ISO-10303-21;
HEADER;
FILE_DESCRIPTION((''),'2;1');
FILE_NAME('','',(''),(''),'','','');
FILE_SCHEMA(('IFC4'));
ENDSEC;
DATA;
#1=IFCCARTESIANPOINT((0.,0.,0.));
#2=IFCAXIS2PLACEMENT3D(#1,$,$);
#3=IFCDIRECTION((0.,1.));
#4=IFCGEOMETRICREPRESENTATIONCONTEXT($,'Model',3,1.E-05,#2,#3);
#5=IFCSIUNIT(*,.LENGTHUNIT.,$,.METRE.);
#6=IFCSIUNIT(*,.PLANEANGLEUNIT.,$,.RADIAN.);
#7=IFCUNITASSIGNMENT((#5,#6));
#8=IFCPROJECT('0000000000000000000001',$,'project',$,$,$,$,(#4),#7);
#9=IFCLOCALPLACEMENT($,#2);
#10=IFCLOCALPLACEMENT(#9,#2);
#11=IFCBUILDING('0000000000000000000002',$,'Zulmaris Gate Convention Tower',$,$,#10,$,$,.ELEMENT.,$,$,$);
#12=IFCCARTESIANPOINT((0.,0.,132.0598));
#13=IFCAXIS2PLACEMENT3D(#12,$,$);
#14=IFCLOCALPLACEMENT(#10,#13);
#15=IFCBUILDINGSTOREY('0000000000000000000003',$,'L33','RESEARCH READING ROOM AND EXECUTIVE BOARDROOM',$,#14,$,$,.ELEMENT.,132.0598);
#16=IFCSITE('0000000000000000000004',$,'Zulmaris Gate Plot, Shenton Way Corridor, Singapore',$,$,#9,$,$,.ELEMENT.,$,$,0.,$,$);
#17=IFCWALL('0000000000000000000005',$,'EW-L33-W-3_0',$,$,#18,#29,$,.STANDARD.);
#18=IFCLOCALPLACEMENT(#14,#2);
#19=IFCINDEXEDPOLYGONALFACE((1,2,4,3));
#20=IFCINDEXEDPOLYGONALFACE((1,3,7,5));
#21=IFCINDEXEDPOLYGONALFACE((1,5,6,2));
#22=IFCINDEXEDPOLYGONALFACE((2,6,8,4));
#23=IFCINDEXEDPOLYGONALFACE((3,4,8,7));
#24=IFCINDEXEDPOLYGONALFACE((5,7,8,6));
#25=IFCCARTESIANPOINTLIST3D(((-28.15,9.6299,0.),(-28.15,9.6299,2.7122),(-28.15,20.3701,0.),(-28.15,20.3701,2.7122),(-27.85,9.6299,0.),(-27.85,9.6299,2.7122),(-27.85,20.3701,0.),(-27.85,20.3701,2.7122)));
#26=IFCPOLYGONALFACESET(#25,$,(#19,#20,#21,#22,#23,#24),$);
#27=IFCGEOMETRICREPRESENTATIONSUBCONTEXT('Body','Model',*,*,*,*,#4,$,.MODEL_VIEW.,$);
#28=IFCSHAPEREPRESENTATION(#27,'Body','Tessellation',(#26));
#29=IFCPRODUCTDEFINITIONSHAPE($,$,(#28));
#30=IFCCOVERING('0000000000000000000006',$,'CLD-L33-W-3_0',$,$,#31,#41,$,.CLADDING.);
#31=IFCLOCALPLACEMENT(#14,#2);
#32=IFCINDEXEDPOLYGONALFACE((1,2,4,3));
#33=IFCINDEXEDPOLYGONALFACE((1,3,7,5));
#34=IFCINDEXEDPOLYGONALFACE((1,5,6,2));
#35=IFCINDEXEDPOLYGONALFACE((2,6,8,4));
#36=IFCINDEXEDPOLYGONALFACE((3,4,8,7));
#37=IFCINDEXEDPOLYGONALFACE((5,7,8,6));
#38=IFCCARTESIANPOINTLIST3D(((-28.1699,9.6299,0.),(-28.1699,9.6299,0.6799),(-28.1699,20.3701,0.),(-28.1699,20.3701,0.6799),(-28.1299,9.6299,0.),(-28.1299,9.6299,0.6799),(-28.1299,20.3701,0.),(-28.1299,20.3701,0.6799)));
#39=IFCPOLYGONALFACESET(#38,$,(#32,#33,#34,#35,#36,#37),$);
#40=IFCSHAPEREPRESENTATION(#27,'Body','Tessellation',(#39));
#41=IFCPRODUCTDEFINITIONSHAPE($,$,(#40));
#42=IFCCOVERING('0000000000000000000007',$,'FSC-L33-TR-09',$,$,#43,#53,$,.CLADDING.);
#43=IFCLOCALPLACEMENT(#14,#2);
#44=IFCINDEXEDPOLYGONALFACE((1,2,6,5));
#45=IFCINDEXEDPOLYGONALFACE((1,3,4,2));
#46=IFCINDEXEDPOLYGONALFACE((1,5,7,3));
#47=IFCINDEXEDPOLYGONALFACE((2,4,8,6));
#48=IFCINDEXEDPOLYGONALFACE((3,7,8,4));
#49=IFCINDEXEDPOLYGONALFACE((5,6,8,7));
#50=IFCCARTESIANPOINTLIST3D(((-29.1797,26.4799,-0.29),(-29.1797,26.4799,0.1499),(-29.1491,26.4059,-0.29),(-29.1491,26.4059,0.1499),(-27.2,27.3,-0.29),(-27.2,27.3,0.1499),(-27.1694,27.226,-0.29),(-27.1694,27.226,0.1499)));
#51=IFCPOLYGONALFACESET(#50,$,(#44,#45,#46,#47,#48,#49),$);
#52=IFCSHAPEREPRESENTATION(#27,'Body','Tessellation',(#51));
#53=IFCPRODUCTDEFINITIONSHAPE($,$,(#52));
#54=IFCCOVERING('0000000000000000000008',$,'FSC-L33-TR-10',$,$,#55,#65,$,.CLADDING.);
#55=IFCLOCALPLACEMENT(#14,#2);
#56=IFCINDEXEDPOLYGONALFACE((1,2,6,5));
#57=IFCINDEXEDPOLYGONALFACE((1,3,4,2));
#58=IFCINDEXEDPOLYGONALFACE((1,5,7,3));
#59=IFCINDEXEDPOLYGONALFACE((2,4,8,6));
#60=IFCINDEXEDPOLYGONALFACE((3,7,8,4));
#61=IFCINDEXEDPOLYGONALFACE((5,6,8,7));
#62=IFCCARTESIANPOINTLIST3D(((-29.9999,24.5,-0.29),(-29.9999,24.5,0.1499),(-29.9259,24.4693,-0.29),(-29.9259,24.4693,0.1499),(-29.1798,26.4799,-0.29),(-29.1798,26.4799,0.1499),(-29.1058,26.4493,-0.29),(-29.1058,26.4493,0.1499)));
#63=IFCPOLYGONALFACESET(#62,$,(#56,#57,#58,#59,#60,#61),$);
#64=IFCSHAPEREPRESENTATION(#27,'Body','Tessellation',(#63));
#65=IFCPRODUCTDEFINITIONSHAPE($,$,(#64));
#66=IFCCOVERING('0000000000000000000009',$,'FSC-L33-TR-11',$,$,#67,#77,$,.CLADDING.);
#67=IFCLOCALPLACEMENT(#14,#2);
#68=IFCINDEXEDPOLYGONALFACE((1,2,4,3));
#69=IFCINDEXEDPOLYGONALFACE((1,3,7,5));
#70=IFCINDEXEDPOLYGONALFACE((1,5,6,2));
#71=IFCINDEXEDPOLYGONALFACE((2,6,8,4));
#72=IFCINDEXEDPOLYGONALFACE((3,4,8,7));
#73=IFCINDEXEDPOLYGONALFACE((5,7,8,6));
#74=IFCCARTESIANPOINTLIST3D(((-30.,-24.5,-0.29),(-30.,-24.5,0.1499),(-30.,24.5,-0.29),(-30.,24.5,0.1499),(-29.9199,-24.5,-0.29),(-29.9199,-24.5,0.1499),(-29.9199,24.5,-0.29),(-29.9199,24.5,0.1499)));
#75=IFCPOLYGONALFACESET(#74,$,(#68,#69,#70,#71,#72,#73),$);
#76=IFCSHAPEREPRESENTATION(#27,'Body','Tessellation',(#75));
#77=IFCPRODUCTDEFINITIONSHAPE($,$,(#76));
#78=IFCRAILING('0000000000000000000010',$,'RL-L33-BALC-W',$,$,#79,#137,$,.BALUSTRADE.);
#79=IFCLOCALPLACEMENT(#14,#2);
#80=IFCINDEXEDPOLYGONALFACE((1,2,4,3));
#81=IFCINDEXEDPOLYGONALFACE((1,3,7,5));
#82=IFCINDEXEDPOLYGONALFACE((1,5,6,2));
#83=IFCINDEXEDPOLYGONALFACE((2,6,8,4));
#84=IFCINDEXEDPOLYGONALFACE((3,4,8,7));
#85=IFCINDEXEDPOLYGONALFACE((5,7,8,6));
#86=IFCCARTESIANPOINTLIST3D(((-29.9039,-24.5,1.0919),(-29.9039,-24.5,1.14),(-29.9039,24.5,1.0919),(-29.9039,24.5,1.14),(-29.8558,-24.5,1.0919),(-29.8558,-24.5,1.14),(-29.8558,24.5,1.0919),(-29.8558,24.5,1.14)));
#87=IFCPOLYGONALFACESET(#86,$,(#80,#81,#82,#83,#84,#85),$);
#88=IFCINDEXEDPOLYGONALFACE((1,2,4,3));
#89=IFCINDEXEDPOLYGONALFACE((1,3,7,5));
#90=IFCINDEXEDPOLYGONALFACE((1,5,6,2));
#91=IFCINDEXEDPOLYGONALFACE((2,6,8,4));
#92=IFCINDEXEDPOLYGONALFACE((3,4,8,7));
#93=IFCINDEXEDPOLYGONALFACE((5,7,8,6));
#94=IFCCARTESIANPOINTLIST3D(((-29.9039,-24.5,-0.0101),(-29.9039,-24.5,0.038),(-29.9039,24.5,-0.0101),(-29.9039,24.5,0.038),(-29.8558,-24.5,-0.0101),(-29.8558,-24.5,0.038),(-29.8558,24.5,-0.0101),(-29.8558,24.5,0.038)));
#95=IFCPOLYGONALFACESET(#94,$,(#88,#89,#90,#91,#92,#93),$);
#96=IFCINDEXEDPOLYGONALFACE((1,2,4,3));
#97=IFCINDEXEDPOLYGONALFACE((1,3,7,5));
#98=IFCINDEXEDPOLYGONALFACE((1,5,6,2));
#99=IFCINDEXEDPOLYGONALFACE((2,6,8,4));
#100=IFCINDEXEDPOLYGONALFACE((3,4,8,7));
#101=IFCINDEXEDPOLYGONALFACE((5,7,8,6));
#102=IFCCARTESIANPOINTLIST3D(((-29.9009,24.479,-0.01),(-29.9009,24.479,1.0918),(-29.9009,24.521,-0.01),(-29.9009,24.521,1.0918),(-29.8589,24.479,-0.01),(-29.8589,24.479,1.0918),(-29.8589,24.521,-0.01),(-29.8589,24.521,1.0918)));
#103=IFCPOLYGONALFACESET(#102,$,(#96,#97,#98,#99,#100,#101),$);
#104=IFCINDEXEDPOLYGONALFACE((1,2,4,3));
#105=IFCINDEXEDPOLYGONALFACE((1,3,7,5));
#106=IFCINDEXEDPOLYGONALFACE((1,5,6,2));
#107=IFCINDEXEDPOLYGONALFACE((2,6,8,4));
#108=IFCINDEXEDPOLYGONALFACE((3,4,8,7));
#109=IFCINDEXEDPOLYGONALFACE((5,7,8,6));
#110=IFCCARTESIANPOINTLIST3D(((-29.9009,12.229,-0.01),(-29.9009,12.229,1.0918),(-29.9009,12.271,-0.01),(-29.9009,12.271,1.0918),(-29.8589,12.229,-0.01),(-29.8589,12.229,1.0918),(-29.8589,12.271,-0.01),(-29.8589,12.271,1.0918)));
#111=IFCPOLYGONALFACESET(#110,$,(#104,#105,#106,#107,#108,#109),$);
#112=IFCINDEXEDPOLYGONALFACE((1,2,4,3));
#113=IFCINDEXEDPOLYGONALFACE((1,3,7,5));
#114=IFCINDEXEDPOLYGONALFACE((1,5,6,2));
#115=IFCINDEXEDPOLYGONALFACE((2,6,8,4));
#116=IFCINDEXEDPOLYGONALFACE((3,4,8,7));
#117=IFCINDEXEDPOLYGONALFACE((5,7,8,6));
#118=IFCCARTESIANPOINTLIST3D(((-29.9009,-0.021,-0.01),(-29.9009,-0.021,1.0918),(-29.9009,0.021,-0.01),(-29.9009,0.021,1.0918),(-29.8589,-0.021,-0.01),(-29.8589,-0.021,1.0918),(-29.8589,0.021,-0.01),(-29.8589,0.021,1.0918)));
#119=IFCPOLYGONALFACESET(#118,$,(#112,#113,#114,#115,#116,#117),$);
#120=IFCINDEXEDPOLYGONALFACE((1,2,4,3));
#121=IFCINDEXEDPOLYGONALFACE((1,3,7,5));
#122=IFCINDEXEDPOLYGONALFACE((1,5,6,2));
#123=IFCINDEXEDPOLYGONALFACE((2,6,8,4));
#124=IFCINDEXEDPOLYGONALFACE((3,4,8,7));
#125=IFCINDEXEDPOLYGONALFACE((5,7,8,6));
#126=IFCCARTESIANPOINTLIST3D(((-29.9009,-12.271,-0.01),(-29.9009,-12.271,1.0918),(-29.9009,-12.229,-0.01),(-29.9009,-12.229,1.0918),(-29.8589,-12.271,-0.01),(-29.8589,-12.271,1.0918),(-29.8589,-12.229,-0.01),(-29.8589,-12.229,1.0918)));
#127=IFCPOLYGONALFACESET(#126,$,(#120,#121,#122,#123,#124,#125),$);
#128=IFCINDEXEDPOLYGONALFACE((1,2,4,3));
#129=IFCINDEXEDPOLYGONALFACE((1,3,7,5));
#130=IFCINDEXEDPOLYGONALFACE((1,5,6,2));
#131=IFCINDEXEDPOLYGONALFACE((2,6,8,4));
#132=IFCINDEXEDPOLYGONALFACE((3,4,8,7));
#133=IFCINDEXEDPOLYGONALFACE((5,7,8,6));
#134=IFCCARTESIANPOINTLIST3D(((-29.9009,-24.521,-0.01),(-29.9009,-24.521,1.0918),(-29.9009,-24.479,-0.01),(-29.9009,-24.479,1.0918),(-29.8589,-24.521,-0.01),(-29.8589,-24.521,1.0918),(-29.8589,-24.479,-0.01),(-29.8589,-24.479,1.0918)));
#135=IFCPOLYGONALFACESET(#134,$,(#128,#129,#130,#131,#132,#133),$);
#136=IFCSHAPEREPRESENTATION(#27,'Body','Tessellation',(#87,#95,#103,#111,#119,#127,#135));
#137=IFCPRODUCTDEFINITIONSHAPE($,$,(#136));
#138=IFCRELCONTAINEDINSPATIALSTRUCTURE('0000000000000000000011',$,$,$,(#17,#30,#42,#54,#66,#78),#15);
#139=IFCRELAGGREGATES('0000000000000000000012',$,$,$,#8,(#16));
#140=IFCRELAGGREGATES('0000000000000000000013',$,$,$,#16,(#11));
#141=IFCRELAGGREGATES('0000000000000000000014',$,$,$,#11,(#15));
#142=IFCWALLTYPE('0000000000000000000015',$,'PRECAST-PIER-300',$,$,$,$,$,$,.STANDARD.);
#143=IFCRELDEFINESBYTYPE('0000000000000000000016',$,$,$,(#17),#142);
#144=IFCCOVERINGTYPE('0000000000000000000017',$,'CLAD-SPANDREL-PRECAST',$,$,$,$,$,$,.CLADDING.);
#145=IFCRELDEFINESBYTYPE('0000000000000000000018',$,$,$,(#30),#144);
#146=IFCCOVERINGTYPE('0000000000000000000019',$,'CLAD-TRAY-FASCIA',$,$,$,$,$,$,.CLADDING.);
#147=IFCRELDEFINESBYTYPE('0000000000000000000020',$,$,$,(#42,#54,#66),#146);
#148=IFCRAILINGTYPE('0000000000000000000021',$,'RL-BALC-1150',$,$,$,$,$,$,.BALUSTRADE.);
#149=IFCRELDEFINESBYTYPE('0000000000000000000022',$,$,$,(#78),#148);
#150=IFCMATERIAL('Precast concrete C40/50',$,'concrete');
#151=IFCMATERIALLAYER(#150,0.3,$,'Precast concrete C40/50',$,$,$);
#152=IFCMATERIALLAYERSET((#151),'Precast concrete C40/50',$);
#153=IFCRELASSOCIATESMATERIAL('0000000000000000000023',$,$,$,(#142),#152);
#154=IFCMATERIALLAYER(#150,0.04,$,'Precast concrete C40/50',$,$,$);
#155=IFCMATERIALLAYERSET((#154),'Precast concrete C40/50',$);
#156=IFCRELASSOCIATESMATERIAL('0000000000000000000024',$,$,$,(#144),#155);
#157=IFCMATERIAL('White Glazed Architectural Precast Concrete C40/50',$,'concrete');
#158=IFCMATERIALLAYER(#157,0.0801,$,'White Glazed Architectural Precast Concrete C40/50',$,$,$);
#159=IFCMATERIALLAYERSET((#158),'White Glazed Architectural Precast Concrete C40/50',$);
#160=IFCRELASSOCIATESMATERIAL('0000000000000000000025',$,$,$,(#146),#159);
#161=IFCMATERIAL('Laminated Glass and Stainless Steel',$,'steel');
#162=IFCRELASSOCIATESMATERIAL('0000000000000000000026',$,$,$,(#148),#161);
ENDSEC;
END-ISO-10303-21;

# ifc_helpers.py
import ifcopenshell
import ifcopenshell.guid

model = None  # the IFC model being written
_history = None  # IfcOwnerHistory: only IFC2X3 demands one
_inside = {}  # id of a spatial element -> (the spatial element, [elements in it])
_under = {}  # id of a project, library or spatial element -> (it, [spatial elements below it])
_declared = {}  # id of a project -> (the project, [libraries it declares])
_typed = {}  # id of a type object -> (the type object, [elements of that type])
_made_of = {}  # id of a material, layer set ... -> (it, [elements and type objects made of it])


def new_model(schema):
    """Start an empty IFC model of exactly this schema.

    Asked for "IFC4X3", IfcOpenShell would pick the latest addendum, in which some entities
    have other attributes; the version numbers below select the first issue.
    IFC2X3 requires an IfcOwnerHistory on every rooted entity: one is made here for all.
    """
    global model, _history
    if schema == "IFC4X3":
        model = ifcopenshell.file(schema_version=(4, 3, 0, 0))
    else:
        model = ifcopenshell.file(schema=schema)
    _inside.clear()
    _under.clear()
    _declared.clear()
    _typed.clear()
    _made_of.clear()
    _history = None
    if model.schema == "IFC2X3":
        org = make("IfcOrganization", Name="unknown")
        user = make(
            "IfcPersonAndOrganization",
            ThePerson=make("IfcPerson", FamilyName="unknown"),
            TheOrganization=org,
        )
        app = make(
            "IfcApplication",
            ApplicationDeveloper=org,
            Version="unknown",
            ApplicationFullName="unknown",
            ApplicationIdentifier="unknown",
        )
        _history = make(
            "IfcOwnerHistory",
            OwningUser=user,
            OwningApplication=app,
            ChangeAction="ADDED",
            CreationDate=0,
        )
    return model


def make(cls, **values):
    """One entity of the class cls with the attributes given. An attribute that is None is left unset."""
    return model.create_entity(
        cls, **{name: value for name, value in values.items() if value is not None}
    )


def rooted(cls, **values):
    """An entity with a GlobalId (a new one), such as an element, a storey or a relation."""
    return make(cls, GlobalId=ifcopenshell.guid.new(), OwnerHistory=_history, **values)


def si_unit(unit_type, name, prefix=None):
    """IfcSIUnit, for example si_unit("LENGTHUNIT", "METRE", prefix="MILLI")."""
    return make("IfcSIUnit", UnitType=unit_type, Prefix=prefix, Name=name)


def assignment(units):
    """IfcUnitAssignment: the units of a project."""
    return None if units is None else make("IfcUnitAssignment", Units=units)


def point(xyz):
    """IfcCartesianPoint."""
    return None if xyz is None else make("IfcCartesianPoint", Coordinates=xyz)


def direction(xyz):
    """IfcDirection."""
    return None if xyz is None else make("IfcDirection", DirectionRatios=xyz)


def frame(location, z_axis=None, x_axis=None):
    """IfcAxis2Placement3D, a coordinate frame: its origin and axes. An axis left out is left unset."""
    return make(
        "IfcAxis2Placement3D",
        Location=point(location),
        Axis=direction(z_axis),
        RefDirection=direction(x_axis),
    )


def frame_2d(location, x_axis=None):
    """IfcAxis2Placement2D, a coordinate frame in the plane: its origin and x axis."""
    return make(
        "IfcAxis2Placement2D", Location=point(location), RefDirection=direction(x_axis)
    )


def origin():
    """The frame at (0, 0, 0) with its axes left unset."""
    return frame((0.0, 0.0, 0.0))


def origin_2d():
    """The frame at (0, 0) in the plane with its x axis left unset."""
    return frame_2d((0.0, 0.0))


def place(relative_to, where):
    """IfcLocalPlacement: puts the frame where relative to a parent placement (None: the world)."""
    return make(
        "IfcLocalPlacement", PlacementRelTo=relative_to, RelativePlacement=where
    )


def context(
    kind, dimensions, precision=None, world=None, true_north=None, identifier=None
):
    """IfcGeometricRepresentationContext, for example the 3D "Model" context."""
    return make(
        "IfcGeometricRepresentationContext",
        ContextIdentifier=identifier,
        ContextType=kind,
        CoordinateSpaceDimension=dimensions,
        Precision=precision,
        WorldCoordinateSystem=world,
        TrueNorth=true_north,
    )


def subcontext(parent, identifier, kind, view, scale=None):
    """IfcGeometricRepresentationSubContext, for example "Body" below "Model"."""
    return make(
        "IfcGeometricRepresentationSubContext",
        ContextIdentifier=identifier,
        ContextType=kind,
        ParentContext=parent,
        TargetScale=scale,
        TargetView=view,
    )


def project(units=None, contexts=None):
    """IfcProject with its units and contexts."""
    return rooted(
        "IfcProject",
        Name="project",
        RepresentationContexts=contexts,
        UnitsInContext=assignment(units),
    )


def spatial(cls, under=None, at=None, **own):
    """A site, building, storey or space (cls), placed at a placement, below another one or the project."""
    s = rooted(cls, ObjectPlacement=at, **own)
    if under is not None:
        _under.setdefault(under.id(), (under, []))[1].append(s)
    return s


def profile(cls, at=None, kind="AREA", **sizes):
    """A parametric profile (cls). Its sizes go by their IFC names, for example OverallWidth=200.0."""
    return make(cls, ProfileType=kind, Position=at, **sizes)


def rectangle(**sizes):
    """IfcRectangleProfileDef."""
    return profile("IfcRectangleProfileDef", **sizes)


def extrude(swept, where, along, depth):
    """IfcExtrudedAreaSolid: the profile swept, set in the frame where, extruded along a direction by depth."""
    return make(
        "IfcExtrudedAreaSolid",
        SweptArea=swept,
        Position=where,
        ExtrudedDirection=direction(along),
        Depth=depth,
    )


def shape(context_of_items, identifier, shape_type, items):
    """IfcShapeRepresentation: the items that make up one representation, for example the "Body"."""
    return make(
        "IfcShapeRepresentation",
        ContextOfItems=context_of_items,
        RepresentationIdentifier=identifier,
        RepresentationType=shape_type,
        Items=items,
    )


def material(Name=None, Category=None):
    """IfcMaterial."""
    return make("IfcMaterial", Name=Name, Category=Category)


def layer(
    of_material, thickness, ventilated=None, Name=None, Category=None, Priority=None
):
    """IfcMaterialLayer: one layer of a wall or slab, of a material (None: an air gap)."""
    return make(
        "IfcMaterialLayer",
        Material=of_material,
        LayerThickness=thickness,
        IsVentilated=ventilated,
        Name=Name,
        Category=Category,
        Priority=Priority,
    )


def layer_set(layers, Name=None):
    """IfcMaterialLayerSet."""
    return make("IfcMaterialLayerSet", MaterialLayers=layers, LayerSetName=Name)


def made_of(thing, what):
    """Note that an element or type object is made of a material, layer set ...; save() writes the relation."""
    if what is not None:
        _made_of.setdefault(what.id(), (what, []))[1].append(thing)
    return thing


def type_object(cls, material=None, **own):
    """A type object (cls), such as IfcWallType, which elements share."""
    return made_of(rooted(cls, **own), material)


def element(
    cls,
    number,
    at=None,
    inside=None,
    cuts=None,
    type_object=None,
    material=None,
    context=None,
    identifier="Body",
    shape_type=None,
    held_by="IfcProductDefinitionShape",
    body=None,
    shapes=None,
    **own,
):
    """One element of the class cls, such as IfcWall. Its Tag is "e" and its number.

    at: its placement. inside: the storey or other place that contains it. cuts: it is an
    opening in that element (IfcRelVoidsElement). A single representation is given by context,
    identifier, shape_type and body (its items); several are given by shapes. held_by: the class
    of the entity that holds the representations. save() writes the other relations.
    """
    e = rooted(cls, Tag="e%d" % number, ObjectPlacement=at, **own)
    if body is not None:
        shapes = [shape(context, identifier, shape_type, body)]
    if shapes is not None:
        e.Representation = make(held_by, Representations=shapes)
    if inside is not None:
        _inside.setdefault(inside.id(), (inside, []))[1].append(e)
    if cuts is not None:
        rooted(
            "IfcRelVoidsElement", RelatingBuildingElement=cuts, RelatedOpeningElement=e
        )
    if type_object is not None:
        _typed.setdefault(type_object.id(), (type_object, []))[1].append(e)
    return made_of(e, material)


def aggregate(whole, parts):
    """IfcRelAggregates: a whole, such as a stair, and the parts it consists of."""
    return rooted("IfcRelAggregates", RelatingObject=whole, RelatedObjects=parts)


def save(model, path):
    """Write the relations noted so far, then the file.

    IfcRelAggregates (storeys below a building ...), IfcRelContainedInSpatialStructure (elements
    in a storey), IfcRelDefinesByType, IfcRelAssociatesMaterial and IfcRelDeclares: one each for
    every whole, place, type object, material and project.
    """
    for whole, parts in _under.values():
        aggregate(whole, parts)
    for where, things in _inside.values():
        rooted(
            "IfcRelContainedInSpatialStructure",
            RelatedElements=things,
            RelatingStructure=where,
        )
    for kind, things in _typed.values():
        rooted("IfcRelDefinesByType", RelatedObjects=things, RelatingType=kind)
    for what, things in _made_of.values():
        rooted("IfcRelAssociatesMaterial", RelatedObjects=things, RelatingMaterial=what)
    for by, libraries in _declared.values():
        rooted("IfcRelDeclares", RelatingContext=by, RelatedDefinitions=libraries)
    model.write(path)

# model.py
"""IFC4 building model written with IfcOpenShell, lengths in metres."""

from ifc_helpers import new_model, si_unit, direction, frame, frame_2d, origin, origin_2d, place, context, subcontext, project, spatial, rectangle, extrude, material, layer, layer_set, type_object, element, save


model = new_model("IFC4")

# Units and contexts
model_context = context("Model", 3, precision=1e-05, world=origin(), true_north=direction((0.0, 1.0)))
body_context = subcontext(model_context, "Body", "Model", "MODEL_VIEW")
ifc_project = project(units=[si_unit("LENGTHUNIT", "METRE"), si_unit("PLANEANGLEUNIT", "RADIAN")], contexts=[model_context])

# Site, building, storey
site_placement = place(None, origin())
site = spatial("IfcSite", under=ifc_project, at=site_placement, Name="Zulmaris Gate Plot, Shenton Way Corridor, Singapore", CompositionType="ELEMENT", RefElevation=0.0)
building_placement = place(site_placement, origin())
building = spatial("IfcBuilding", under=site, at=building_placement, Name="Zulmaris Gate Convention Tower", CompositionType="ELEMENT")
storey_placement = place(building_placement, frame((0.0, 0.0, 132.0598)))
storey = spatial("IfcBuildingStorey", under=building, at=storey_placement, Name="L33", Description="RESEARCH READING ROOM AND EXECUTIVE BOARDROOM", CompositionType="ELEMENT", Elevation=132.0598)

# Shared definitions
ifc_material_1 = material(Name="Precast concrete C40/50", Category="concrete")
ifc_layer_1 = layer(ifc_material_1, 0.3, Name="Precast concrete C40/50")
ifc_layer_set_1 = layer_set([ifc_layer_1], Name="Precast concrete C40/50")
wall_type_1 = type_object("IfcWallType", Name="PRECAST-PIER-300", PredefinedType="STANDARD", material=ifc_layer_set_1)

# Wall
wall_1_placement = place(storey_placement, frame((-28.0, 20.3701, 0.0), z_axis=(0.0, 0.0, 1.0), x_axis=(0.0, -1.0, 0.0)))
element("IfcWall", 1, at=wall_1_placement, inside=storey, type_object=wall_type_1, Name="EW-L33-W-3_0", PredefinedType="STANDARD", context=body_context, shape_type="SweptSolid", body=[
    extrude(rectangle(XDim=10.7402, YDim=0.3, at=frame_2d((5.3701, 0.0))), origin(), (0.0, 0.0, 1.0), 2.7122),
])

# Coverings
ifc_layer_2 = layer(ifc_material_1, 0.04, Name="Precast concrete C40/50")
ifc_layer_set_2 = layer_set([ifc_layer_2], Name="Precast concrete C40/50")
covering_type_1 = type_object("IfcCoveringType", Name="CLAD-SPANDREL-PRECAST", PredefinedType="CLADDING", material=ifc_layer_set_2)
covering_1_placement = place(storey_placement, frame((-28.1499, 20.3701, 0.0), z_axis=(0.0, 0.0, 1.0), x_axis=(0.0, -1.0, 0.0)))
element("IfcCovering", 2, at=covering_1_placement, inside=storey, type_object=covering_type_1, Name="CLD-L33-W-3_0", PredefinedType="CLADDING", context=body_context, shape_type="SweptSolid", body=[
    extrude(rectangle(XDim=10.7402, YDim=0.04, at=frame_2d((5.3701, 0.0))), origin(), (0.0, 0.0, 1.0), 0.6799),
])
ifc_material_2 = material(Name="White Glazed Architectural Precast Concrete C40/50", Category="concrete")
ifc_layer_3 = layer(ifc_material_2, 0.0801, Name="White Glazed Architectural Precast Concrete C40/50")
ifc_layer_set_3 = layer_set([ifc_layer_3], Name="White Glazed Architectural Precast Concrete C40/50")
covering_type_2 = type_object("IfcCoveringType", Name="CLAD-TRAY-FASCIA", PredefinedType="CLADDING", material=ifc_layer_set_3)
covering_2_placement = place(storey_placement, frame((-27.1848, 27.2629, -0.29), z_axis=(0.0, 0.0, 1.0), x_axis=(-0.923874, -0.382697, 0.0)))
element("IfcCovering", 3, at=covering_2_placement, inside=storey, type_object=covering_type_2, Name="FSC-L33-TR-09", PredefinedType="CLADDING", context=body_context, shape_type="SweptSolid", body=[
    extrude(rectangle(XDim=2.1428, YDim=0.0801, at=frame_2d((1.0713, 0.0))), origin(), (0.0, 0.0, 1.0), 0.4399),
])
covering_3_placement = place(storey_placement, frame((-29.1428, 26.4646, -0.29), z_axis=(0.0, 0.0, 1.0), x_axis=(-0.382657, -0.92389, 0.0)))
element("IfcCovering", 4, at=covering_3_placement, inside=storey, type_object=covering_type_2, Name="FSC-L33-TR-10", PredefinedType="CLADDING", context=body_context, shape_type="SweptSolid", body=[
    extrude(rectangle(XDim=2.1431, YDim=0.0801, at=frame_2d((1.0715, 0.0))), origin(), (0.0, 0.0, 1.0), 0.4399),
])
covering_4_placement = place(storey_placement, frame((-29.96, 24.5, -0.29), z_axis=(0.0, 0.0, 1.0), x_axis=(0.0, -1.0, 0.0)))
element("IfcCovering", 5, at=covering_4_placement, inside=storey, type_object=covering_type_2, Name="FSC-L33-TR-11", PredefinedType="CLADDING", context=body_context, shape_type="SweptSolid", body=[
    extrude(rectangle(XDim=49.0, YDim=0.0801, at=frame_2d((24.5, 0.0))), origin(), (0.0, 0.0, 1.0), 0.4399),
])

# Railing
ifc_material_3 = material(Name="Laminated Glass and Stainless Steel", Category="steel")
railing_type = type_object("IfcRailingType", Name="RL-BALC-1150", PredefinedType="BALUSTRADE", material=ifc_material_3)
railing_placement = place(storey_placement, frame((-29.8799, 24.5, -0.01)))
element("IfcRailing", 6, at=railing_placement, inside=storey, type_object=railing_type, Name="RL-L33-BALC-W", PredefinedType="BALUSTRADE", context=body_context, shape_type="SweptSolid", body=[
    extrude(rectangle(XDim=0.0481, YDim=0.0481, at=origin_2d()), frame((0.0, 0.0, 1.126), z_axis=(0.0, -1.0, 0.0), x_axis=(1.0, 0.0, 0.0)), (0.0, 0.0, 1.0), 49.0),
    extrude(rectangle(XDim=0.0481, YDim=0.0481, at=origin_2d()), frame((0.0, 0.0, 0.0239), z_axis=(0.0, -1.0, 0.0), x_axis=(1.0, 0.0, 0.0)), (0.0, 0.0, 1.0), 49.0),
    extrude(rectangle(XDim=0.042, YDim=0.042, at=origin_2d()), origin(), (0.0, 0.0, 1.0), 1.1018),
    extrude(rectangle(XDim=0.042, YDim=0.042, at=origin_2d()), frame((0.0, -12.25, 0.0)), (0.0, 0.0, 1.0), 1.1018),
    extrude(rectangle(XDim=0.042, YDim=0.042, at=origin_2d()), frame((0.0, -24.5, 0.0)), (0.0, 0.0, 1.0), 1.1018),
    extrude(rectangle(XDim=0.042, YDim=0.042, at=origin_2d()), frame((0.0, -36.75, 0.0)), (0.0, 0.0, 1.0), 1.1018),
    extrude(rectangle(XDim=0.042, YDim=0.042, at=origin_2d()), frame((0.0, -49.0, 0.0)), (0.0, 0.0, 1.0), 1.1018),
])

save(model, "model.ifc")
